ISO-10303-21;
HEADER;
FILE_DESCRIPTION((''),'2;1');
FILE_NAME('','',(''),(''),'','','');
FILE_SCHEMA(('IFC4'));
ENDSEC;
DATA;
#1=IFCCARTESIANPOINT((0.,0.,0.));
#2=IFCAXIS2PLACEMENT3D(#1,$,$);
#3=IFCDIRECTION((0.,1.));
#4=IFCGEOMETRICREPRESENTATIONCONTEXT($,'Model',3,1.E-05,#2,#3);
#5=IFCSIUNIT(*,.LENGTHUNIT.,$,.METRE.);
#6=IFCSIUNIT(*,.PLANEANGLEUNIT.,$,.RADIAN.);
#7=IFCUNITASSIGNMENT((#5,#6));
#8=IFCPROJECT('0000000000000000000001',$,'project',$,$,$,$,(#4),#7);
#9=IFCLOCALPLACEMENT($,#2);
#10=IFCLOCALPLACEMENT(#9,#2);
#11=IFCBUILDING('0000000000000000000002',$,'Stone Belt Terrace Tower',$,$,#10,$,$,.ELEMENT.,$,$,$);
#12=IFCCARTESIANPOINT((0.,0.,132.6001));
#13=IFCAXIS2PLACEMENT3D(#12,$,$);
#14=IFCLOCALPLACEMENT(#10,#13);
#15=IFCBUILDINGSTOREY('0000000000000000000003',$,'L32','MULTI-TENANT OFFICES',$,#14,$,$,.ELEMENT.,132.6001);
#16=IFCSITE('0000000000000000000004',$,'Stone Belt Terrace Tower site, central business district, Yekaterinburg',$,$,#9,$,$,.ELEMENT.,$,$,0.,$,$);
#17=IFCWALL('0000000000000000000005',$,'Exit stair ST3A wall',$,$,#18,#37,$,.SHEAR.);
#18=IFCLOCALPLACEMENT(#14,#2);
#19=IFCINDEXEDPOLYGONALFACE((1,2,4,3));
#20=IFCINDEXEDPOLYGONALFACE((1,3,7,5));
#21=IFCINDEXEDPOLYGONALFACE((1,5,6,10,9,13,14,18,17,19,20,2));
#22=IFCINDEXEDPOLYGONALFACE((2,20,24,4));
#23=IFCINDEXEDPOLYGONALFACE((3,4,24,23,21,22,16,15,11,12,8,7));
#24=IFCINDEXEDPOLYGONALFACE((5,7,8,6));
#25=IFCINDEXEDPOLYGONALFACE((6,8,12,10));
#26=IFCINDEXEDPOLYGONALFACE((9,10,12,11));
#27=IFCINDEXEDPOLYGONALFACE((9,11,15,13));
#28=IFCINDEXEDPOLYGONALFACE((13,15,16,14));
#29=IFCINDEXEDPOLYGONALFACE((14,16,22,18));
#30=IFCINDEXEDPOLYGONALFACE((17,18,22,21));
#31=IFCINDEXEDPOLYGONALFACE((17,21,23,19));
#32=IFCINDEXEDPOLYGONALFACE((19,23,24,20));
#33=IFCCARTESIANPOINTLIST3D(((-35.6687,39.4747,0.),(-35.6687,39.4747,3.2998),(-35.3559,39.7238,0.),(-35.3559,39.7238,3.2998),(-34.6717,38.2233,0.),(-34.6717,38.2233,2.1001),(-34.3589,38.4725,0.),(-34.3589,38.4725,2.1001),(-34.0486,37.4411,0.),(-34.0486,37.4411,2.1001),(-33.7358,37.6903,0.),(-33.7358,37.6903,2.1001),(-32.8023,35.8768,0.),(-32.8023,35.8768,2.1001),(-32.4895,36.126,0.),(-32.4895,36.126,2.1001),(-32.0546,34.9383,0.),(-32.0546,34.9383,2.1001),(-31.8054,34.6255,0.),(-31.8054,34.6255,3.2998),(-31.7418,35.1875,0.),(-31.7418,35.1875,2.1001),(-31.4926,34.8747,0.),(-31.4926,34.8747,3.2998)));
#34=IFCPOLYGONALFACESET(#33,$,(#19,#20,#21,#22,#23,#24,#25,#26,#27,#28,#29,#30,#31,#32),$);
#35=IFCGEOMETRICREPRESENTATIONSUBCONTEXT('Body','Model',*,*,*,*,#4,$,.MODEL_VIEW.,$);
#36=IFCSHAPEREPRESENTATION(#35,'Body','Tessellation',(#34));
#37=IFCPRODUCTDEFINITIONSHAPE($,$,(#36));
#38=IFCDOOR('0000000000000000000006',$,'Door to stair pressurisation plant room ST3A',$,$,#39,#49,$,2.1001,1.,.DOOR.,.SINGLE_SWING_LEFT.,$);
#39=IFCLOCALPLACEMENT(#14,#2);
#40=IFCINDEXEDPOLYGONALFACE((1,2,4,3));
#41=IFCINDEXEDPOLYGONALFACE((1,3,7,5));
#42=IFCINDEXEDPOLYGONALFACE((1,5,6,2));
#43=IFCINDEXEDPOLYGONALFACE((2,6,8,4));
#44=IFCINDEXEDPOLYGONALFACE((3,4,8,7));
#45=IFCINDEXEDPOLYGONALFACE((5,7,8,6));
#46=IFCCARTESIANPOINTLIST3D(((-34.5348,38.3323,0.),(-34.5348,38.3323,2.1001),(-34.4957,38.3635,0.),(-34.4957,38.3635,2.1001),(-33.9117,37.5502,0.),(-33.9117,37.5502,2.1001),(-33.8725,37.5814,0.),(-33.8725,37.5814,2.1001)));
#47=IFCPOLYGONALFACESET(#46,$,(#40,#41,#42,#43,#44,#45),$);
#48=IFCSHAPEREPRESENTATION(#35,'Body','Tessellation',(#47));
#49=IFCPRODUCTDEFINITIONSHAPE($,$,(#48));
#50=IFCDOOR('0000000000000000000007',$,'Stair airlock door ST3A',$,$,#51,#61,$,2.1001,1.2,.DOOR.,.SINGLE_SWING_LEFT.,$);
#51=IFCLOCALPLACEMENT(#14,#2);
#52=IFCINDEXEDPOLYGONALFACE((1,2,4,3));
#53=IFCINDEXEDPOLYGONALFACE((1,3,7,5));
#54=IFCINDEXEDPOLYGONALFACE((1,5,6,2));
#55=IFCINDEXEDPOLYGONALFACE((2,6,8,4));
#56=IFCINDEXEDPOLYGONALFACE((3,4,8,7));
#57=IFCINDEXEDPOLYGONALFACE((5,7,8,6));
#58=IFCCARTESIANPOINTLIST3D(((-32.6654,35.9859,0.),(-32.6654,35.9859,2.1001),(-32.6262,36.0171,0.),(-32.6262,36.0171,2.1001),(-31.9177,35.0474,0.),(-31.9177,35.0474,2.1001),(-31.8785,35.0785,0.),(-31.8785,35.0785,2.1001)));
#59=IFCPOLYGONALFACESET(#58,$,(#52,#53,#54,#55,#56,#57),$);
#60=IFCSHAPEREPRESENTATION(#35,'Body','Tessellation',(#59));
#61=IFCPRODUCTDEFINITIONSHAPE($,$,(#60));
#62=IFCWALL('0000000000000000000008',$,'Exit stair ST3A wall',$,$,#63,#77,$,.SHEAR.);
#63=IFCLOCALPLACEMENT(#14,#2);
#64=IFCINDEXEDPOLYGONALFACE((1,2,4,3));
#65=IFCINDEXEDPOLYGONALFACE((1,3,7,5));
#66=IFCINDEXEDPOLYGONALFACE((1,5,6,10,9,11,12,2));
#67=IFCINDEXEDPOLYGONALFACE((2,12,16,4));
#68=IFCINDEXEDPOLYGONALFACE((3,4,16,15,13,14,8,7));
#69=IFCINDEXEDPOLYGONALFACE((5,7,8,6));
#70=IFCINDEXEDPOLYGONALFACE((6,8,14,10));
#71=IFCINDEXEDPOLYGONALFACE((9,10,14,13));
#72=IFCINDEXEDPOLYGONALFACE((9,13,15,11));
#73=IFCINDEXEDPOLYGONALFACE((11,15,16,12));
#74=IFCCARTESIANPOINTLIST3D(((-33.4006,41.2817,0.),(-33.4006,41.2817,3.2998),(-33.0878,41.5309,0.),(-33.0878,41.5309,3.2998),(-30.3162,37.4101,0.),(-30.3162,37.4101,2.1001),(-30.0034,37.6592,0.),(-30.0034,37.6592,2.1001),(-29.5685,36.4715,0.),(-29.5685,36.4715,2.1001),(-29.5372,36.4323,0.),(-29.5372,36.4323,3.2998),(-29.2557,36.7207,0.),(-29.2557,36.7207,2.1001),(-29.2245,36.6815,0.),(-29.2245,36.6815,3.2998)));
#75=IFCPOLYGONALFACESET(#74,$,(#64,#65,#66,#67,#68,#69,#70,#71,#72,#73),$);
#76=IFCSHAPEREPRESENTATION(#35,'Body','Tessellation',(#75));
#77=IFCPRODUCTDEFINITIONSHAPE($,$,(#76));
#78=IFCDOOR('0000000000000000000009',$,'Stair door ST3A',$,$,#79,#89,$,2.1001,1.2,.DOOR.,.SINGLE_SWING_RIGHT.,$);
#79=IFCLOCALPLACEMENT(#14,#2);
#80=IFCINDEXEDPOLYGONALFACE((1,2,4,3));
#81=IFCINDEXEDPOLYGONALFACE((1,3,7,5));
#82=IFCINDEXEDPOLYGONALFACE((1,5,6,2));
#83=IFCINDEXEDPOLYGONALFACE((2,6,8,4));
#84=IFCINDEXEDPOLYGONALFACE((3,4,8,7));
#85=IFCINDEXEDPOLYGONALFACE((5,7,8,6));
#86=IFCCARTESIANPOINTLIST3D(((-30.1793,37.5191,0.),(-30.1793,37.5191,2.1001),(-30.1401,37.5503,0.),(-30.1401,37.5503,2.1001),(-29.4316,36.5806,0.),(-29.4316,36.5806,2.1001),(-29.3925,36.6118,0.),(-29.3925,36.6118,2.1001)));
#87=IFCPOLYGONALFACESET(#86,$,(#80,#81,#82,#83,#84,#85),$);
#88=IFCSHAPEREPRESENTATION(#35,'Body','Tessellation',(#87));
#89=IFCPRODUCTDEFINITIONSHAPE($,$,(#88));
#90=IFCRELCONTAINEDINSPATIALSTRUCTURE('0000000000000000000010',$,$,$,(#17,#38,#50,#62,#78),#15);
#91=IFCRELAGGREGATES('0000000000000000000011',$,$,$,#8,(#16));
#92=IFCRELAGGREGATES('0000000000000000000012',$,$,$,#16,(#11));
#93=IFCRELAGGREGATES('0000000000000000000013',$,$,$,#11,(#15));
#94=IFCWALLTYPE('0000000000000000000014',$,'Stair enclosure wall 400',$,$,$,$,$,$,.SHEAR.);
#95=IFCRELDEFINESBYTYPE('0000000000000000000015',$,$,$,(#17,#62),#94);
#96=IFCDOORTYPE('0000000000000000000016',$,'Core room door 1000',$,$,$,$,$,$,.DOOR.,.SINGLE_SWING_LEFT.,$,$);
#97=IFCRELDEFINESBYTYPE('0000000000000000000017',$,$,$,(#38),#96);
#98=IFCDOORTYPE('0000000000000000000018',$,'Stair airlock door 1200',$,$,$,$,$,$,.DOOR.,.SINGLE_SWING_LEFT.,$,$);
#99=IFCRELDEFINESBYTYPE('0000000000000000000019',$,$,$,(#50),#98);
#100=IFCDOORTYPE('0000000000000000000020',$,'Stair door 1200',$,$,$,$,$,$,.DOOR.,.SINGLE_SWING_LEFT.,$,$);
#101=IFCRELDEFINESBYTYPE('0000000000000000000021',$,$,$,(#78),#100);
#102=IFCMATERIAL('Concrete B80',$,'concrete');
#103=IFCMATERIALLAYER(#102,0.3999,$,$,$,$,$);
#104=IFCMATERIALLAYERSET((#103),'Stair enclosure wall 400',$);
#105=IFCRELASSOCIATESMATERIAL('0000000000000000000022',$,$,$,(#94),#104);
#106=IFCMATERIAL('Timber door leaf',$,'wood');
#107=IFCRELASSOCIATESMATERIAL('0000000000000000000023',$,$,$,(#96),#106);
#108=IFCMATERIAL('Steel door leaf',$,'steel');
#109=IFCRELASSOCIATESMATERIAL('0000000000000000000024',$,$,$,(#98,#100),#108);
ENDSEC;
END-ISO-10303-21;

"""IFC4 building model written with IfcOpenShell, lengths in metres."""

from ifc_helpers import new_model, si_unit, direction, frame, frame_2d, origin, place, context, subcontext, project, spatial, rectangle, extrude, material, layer, layer_set, type_object, element, fill, save


model = new_model("IFC4")

# Units and contexts
model_context = context("Model", 3, precision=1e-05, world=origin(), true_north=direction((0.0, 1.0)))
body_context = subcontext(model_context, "Body", "Model", "MODEL_VIEW")
ifc_project = project(units=[si_unit("LENGTHUNIT", "METRE"), si_unit("PLANEANGLEUNIT", "RADIAN")], contexts=[model_context])

# Site, building, storey
site_placement = place(None, origin())
site = spatial("IfcSite", under=ifc_project, at=site_placement, Name="Stone Belt Terrace Tower site, central business district, Yekaterinburg", CompositionType="ELEMENT", RefElevation=0.0)
building_placement = place(site_placement, origin())
building = spatial("IfcBuilding", under=site, at=building_placement, Name="Stone Belt Terrace Tower", CompositionType="ELEMENT")
storey_placement = place(building_placement, frame((0.0, 0.0, 132.6001)))
storey = spatial("IfcBuildingStorey", under=building, at=storey_placement, Name="L32", Description="MULTI-TENANT OFFICES", CompositionType="ELEMENT", Elevation=132.6001)

# Shared definitions
ifc_material_1 = material(Name="Concrete B80", Category="concrete")

# Wall, openings, doors
ifc_layer_1 = layer(ifc_material_1, 0.3999)
ifc_layer_set_1 = layer_set([ifc_layer_1], Name="Stair enclosure wall 400")
wall_type_1 = type_object("IfcWallType", Name="Stair enclosure wall 400", PredefinedType="SHEAR", material=ifc_layer_set_1)
wall_1_placement = place(storey_placement, frame((-31.6489, 34.75, 0.0), z_axis=(0.0, 0.0, 1.0), x_axis=(-0.623119, 0.782127, 0.0)))
wall_1 = element("IfcWall", 1, at=wall_1_placement, inside=storey, type_object=wall_type_1, Name="Exit stair ST3A wall", PredefinedType="SHEAR", context=body_context, shape_type="SweptSolid", body=[
    extrude(rectangle(XDim=6.2, YDim=0.3999, at=frame_2d((3.1001, 0.0))), origin(), (0.0, 0.0, 1.0), 3.2998),
])
opening_1_placement = place(wall_1_placement, frame((0.3999, 0.0, 0.0)))
opening_1 = element("IfcOpeningElement", 2, at=opening_1_placement, cuts=wall_1, PredefinedType="OPENING", context=body_context, shape_type="SweptSolid", body=[
    extrude(rectangle(XDim=1.2, YDim=2.1001, at=frame_2d((0.6001, 1.05))), frame((0.0, 0.21, 0.0), z_axis=(0.0, -1.0, 0.0), x_axis=(1.0, 0.0, 0.0)), (0.0, 0.0, 1.0), 0.4199),
])
opening_2_placement = place(wall_1_placement, frame((3.6001, 0.0, 0.0)))
opening_2 = element("IfcOpeningElement", 3, at=opening_2_placement, cuts=wall_1, PredefinedType="OPENING", context=body_context, shape_type="SweptSolid", body=[
    extrude(rectangle(XDim=1.0, YDim=2.1001, at=frame_2d((0.5, 1.05))), frame((0.0, 0.21, 0.0), z_axis=(0.0, -1.0, 0.0), x_axis=(1.0, 0.0, 0.0)), (0.0, 0.0, 1.0), 0.4199),
])
ifc_material_2 = material(Name="Timber door leaf", Category="wood")
door_type_1 = type_object("IfcDoorType", Name="Core room door 1000", OperationType="SINGLE_SWING_LEFT", PredefinedType="DOOR", material=ifc_material_2)
door_1_placement = place(opening_2_placement, origin())
door_1 = element("IfcDoor", 4, at=door_1_placement, inside=storey, type_object=door_type_1, Name="Door to stair pressurisation plant room ST3A", OperationType="SINGLE_SWING_LEFT", OverallHeight=2.1001, OverallWidth=1.0, PredefinedType="DOOR", context=body_context, shape_type="SweptSolid", body=[
    extrude(rectangle(XDim=1.0, YDim=2.1001, at=frame_2d((0.5, 1.05))), frame((0.0, 0.0249, 0.0), z_axis=(0.0, -1.0, 0.0), x_axis=(1.0, 0.0, 0.0)), (0.0, 0.0, 1.0), 0.05),
])
fill(opening_2, door_1)
ifc_material_3 = material(Name="Steel door leaf", Category="steel")
door_type_2 = type_object("IfcDoorType", Name="Stair airlock door 1200", OperationType="SINGLE_SWING_LEFT", PredefinedType="DOOR", material=ifc_material_3)
door_2_placement = place(opening_1_placement, origin())
door_2 = element("IfcDoor", 5, at=door_2_placement, inside=storey, type_object=door_type_2, Name="Stair airlock door ST3A", OperationType="SINGLE_SWING_LEFT", OverallHeight=2.1001, OverallWidth=1.2, PredefinedType="DOOR", context=body_context, shape_type="SweptSolid", body=[
    extrude(rectangle(XDim=1.2, YDim=2.1001, at=frame_2d((0.6001, 1.05))), frame((0.0, 0.0249, 0.0), z_axis=(0.0, -1.0, 0.0), x_axis=(1.0, 0.0, 0.0)), (0.0, 0.0, 1.0), 0.05),
])
fill(opening_1, door_2)

# Wall, opening, door
wall_2_placement = place(storey_placement, frame((-29.3809, 36.5569, 0.0), z_axis=(0.0, 0.0, 1.0), x_axis=(-0.623099, 0.782143, 0.0)))
wall_2 = element("IfcWall", 6, at=wall_2_placement, inside=storey, type_object=wall_type_1, Name="Exit stair ST3A wall", PredefinedType="SHEAR", context=body_context, shape_type="SweptSolid", body=[
    extrude(rectangle(XDim=6.2002, YDim=0.3999, at=frame_2d((3.1001, 0.0))), origin(), (0.0, 0.0, 1.0), 3.2998),
])
opening_3_placement = place(wall_2_placement, frame((0.05, 0.0, 0.0)))
opening_3 = element("IfcOpeningElement", 7, at=opening_3_placement, cuts=wall_2, PredefinedType="OPENING", context=body_context, shape_type="SweptSolid", body=[
    extrude(rectangle(XDim=1.2, YDim=2.1001, at=frame_2d((0.6001, 1.05))), frame((0.0, 0.21, 0.0), z_axis=(0.0, -1.0, 0.0), x_axis=(1.0, 0.0, 0.0)), (0.0, 0.0, 1.0), 0.4199),
])
door_type_3 = type_object("IfcDoorType", Name="Stair door 1200", OperationType="SINGLE_SWING_LEFT", PredefinedType="DOOR", material=ifc_material_3)
door_3_placement = place(opening_3_placement, origin())
door_3 = element("IfcDoor", 8, at=door_3_placement, inside=storey, type_object=door_type_3, Name="Stair door ST3A", OperationType="SINGLE_SWING_RIGHT", OverallHeight=2.1001, OverallWidth=1.2, PredefinedType="DOOR", context=body_context, shape_type="SweptSolid", body=[
    extrude(rectangle(XDim=1.2, YDim=2.1001, at=frame_2d((0.6001, 1.05))), frame((0.0, 0.0249, 0.0), z_axis=(0.0, -1.0, 0.0), x_axis=(1.0, 0.0, 0.0)), (0.0, 0.0, 1.0), 0.05),
])
fill(opening_3, door_3)

save(model, "model.ifc")
